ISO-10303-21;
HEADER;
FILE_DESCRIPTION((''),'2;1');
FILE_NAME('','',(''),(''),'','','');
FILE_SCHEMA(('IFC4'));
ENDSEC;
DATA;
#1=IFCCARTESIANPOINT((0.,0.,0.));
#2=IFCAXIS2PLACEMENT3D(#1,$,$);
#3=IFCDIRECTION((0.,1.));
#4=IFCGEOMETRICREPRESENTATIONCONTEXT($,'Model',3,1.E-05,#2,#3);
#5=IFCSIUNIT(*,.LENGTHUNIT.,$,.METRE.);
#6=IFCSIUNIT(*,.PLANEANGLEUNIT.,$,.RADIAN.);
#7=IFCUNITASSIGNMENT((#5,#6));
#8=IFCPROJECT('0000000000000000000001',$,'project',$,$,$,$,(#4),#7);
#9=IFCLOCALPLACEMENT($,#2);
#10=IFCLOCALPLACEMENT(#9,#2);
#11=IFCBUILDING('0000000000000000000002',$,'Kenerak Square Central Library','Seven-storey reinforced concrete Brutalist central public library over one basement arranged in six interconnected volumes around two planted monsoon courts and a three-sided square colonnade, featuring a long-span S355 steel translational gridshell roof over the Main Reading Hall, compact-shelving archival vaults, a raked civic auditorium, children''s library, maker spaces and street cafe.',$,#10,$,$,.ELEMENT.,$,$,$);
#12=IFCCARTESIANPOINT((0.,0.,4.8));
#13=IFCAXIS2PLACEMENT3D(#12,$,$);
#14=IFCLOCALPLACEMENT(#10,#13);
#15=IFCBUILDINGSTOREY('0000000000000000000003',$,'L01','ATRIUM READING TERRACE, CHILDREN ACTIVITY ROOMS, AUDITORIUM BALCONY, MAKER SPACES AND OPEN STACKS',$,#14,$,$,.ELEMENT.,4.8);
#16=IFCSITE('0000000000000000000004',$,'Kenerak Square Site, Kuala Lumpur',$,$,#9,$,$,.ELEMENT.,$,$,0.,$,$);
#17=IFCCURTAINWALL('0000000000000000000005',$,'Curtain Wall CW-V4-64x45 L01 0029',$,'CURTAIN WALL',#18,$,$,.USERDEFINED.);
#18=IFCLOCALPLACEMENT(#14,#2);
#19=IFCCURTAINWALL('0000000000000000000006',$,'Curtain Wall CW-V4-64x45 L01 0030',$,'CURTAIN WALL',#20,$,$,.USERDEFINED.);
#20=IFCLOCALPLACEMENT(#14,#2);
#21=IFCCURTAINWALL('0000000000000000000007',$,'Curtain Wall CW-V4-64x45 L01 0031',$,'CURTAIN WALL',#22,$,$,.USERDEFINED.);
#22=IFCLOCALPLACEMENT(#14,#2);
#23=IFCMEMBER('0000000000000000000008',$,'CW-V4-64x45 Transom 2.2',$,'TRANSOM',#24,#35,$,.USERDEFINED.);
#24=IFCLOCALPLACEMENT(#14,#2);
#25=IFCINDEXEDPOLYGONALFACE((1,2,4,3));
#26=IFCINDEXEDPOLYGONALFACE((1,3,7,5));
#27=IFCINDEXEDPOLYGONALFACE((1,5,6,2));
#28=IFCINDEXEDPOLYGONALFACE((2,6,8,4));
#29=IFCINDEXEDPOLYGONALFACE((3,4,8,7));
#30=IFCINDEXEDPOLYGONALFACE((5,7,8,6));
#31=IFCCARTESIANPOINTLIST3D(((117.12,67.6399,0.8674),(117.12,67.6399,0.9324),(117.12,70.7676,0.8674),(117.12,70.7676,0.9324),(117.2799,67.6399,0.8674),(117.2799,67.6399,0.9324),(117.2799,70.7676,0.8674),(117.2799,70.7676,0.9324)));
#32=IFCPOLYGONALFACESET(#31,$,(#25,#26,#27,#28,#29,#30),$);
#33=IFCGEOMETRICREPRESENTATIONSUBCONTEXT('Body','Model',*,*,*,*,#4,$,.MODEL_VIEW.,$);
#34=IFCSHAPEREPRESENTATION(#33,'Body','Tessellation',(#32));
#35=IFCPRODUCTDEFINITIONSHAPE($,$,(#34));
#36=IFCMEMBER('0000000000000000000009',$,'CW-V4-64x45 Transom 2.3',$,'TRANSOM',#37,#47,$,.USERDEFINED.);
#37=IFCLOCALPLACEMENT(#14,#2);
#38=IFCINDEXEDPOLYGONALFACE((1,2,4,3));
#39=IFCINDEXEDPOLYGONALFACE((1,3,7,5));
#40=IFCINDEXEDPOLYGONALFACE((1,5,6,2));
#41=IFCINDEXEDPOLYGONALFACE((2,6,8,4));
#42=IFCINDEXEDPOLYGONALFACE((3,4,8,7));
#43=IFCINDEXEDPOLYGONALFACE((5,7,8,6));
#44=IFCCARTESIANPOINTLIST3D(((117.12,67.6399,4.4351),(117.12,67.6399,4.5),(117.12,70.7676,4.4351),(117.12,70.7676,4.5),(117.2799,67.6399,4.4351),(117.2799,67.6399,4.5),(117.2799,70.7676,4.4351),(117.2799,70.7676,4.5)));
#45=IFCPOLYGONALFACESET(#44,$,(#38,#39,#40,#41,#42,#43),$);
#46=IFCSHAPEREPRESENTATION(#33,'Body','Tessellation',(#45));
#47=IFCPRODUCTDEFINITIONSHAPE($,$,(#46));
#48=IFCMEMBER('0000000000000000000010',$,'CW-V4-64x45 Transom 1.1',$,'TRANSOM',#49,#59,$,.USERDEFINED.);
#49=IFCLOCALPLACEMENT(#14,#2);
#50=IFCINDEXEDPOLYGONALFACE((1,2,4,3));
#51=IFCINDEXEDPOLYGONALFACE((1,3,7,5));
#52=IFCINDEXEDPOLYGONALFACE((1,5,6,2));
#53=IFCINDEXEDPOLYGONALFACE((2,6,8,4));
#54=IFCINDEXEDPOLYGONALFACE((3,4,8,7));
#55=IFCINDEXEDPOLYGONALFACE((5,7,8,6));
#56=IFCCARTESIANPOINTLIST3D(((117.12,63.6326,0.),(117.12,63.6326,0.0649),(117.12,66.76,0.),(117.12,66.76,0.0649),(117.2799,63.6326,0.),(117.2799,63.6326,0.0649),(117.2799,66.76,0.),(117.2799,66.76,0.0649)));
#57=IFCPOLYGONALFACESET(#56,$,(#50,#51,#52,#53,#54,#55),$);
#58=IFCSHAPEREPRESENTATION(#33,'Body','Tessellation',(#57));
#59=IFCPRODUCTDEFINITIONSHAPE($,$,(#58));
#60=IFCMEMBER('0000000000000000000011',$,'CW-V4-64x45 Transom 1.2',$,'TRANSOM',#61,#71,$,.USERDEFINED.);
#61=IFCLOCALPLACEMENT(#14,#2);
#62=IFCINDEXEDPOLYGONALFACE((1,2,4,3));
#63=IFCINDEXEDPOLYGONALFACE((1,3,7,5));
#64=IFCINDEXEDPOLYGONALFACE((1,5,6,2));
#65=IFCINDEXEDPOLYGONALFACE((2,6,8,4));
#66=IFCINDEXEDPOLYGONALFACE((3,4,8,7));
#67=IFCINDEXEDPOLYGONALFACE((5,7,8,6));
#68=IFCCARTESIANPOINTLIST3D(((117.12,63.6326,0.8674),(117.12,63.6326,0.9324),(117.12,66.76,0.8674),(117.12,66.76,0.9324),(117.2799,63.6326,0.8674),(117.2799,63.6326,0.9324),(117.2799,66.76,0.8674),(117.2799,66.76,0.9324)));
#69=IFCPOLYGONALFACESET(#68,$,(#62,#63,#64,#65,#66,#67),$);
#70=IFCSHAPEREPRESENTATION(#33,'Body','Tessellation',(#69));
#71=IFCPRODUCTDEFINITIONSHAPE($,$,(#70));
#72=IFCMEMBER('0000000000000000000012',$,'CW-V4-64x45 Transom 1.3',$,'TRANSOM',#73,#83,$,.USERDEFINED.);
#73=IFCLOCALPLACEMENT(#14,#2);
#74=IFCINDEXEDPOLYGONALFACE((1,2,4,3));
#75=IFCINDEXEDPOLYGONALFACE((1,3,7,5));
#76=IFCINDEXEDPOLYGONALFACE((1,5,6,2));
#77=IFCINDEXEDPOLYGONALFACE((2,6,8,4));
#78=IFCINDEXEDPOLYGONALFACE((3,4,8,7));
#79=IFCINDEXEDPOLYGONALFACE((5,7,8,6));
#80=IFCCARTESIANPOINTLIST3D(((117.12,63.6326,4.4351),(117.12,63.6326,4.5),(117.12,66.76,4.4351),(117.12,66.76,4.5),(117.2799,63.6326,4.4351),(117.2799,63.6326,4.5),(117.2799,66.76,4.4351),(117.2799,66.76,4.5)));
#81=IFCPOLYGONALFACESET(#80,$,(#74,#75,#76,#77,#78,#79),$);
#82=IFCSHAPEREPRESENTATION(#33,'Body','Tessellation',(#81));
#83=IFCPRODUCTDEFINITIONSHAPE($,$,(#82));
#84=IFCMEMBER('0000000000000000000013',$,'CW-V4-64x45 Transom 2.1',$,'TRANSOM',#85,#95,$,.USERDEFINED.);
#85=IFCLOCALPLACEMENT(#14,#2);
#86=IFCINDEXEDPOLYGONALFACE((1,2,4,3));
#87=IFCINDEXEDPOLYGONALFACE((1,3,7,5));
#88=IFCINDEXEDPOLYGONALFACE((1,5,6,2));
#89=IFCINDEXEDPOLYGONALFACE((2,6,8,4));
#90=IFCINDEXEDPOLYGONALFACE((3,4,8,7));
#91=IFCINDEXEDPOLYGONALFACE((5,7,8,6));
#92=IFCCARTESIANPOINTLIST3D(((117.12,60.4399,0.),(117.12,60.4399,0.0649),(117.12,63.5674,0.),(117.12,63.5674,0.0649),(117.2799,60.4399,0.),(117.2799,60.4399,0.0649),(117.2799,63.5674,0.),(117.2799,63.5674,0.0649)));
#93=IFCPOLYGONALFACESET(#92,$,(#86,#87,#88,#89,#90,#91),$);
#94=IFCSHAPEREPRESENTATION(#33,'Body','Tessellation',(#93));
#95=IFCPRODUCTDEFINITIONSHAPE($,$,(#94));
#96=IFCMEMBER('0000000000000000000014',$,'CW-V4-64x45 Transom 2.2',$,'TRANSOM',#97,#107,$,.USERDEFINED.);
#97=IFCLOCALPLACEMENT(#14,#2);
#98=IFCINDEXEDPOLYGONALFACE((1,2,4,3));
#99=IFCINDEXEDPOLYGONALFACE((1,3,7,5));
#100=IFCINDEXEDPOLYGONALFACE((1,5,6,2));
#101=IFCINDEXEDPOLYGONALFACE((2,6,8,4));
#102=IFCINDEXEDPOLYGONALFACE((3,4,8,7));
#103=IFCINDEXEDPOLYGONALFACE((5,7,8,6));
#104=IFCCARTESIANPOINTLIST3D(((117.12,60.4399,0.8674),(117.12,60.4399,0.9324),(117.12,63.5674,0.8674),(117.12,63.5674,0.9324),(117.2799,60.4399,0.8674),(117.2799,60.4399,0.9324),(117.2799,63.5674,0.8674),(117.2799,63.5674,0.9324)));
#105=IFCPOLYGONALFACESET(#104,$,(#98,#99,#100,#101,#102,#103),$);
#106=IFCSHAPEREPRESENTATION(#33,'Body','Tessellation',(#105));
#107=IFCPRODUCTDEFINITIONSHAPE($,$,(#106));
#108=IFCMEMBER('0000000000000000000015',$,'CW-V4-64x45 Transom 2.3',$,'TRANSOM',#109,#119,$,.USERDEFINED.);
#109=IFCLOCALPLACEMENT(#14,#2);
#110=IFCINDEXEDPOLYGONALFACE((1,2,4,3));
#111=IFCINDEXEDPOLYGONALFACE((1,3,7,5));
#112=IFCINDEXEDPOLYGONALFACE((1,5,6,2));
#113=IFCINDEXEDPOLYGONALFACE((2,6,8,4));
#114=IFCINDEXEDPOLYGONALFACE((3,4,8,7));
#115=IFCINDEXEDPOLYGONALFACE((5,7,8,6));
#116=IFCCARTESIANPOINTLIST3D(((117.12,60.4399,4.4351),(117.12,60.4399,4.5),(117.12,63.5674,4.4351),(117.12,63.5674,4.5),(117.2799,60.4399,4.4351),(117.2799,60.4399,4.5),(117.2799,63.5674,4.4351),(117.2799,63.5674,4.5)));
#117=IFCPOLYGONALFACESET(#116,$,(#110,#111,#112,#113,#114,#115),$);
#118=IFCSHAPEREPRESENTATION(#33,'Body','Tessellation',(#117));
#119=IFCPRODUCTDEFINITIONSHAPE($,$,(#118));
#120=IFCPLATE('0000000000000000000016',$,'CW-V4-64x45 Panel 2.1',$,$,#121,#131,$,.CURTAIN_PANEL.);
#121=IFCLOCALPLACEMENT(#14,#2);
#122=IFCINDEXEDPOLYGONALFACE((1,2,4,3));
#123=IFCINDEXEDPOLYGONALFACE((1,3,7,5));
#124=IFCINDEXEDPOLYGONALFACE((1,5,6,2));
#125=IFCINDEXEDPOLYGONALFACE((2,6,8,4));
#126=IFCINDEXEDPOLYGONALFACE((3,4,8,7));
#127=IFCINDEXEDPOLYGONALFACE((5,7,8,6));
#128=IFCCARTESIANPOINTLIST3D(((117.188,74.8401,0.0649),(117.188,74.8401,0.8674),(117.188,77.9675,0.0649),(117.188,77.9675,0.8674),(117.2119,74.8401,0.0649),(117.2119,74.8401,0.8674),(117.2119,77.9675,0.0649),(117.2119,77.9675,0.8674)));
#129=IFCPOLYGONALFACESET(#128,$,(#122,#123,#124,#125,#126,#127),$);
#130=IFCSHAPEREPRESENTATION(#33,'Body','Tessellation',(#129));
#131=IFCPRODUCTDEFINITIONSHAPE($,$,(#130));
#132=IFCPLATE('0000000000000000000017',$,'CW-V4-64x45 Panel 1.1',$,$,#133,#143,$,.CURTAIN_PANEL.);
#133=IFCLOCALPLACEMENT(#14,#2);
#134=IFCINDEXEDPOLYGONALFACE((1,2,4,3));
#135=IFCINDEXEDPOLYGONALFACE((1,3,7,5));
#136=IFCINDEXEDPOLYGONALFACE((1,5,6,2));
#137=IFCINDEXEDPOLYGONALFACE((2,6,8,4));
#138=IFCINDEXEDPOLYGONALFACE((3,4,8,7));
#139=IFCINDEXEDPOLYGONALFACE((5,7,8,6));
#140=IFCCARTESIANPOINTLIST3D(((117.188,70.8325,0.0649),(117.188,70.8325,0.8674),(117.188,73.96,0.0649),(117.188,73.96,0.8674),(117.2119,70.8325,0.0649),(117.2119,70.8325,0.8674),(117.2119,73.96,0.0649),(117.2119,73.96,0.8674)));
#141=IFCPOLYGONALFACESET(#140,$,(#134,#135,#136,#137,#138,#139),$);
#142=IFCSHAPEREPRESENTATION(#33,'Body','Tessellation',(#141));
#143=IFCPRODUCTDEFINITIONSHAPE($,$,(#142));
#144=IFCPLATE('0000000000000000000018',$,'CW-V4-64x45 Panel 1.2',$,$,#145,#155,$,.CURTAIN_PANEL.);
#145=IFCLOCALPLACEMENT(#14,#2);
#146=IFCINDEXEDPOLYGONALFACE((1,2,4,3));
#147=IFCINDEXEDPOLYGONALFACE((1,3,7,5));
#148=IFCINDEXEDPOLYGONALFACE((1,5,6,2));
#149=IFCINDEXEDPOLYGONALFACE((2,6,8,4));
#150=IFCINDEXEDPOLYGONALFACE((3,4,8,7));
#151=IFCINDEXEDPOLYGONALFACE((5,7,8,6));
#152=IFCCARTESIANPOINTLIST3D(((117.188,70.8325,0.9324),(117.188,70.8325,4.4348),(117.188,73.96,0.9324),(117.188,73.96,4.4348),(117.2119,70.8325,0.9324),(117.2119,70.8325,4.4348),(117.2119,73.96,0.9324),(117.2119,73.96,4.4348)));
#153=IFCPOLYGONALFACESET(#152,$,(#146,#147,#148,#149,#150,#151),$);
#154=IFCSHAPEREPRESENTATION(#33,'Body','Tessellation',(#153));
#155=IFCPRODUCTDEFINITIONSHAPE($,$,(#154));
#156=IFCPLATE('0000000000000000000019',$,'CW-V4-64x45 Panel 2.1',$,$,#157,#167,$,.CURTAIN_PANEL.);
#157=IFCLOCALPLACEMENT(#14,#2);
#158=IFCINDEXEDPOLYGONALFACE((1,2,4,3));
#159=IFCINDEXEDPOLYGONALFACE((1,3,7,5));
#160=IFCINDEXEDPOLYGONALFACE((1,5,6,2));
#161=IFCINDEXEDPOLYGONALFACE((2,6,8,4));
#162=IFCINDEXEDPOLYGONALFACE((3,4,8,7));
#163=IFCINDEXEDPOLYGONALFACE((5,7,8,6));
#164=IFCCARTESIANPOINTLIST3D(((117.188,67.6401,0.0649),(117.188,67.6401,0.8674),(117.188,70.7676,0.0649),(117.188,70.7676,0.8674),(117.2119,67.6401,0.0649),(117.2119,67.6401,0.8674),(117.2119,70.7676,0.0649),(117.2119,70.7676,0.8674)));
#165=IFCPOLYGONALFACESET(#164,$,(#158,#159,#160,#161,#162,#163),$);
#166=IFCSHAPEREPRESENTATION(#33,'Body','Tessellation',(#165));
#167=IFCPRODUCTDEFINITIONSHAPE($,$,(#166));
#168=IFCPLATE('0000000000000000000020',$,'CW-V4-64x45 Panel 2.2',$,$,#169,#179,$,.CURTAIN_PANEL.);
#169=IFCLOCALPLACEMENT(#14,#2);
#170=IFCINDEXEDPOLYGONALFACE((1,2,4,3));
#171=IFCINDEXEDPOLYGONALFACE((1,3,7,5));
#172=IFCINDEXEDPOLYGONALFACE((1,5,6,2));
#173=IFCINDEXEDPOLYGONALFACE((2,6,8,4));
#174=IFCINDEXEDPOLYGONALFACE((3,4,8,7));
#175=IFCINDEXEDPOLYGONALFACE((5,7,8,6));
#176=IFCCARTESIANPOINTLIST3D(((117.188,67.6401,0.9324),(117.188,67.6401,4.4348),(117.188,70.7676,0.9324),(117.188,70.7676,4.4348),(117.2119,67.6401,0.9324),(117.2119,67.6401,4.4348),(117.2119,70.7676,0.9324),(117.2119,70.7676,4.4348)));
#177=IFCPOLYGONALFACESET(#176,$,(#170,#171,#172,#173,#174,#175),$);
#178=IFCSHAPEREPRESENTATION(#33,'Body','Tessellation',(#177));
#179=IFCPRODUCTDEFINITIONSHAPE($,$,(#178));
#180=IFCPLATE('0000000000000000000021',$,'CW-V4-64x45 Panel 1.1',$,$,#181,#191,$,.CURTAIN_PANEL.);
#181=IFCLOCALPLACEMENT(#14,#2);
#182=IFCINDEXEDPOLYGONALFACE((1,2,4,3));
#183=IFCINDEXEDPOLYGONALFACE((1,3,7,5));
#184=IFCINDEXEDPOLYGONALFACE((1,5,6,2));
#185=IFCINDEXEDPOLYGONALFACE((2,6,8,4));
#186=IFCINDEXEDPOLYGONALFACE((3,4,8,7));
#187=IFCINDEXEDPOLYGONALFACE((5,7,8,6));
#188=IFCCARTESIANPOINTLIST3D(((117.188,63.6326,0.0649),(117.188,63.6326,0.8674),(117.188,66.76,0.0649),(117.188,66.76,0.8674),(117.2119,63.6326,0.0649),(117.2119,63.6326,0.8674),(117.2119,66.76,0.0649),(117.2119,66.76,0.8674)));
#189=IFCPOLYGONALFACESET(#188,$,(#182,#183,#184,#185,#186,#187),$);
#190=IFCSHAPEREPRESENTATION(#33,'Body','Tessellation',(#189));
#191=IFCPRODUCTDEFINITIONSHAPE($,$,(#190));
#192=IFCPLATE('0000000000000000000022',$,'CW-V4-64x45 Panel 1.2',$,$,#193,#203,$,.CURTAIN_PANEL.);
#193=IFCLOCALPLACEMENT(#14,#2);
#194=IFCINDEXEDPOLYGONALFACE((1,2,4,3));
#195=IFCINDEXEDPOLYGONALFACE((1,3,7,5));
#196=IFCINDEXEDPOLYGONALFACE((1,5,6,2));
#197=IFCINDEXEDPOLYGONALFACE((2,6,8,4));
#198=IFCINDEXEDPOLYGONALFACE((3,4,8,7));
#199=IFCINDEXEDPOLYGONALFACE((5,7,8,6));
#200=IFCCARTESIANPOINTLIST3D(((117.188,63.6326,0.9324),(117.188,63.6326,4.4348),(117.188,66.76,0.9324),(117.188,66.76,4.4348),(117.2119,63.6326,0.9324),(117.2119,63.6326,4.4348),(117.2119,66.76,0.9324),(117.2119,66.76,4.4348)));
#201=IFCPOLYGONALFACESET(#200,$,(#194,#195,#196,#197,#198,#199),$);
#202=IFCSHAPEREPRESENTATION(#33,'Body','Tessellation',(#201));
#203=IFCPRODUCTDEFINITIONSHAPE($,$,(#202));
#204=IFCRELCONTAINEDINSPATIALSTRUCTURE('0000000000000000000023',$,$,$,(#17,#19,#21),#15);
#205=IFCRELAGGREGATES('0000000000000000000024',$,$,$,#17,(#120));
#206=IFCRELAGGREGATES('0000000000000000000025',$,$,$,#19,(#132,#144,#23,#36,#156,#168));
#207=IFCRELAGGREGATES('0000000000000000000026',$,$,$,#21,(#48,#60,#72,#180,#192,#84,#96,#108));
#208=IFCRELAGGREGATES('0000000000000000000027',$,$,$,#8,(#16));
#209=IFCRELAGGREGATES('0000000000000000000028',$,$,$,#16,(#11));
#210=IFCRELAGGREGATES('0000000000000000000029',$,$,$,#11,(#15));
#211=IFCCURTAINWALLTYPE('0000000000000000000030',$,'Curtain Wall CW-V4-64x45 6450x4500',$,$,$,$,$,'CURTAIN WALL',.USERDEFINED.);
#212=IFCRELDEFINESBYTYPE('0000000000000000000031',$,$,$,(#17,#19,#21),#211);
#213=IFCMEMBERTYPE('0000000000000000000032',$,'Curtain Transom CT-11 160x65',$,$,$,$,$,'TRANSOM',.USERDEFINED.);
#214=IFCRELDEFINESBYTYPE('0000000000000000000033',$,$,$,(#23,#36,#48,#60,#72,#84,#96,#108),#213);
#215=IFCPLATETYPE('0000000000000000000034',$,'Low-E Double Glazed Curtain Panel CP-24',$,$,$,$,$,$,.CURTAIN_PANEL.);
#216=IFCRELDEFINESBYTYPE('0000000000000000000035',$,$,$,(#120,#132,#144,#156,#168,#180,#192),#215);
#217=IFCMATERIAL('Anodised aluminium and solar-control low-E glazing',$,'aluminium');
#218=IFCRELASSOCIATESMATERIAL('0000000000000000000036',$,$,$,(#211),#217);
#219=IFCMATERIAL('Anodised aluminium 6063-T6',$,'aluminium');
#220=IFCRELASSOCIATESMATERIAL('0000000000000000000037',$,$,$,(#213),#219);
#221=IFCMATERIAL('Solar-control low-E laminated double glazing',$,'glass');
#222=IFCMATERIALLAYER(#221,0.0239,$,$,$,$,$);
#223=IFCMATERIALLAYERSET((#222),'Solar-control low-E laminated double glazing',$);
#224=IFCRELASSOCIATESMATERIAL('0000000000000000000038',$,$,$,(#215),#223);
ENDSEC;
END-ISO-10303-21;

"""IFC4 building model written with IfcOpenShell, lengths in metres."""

from ifc_helpers import new_model, si_unit, direction, frame, origin, origin_2d, place, context, subcontext, project, spatial, rectangle, extrude, material, layer, layer_set, material_profile, profile_set, type_object, element, aggregate, save


model = new_model("IFC4")

# Units and contexts
model_context = context("Model", 3, precision=1e-05, world=origin(), true_north=direction((0.0, 1.0)))
body_context = subcontext(model_context, "Body", "Model", "MODEL_VIEW")
ifc_project = project(units=[si_unit("LENGTHUNIT", "METRE"), si_unit("PLANEANGLEUNIT", "RADIAN")], contexts=[model_context])

# Site, building, storey
site_placement = place(None, origin())
site = spatial("IfcSite", under=ifc_project, at=site_placement, Name="Kenerak Square Site, Kuala Lumpur", CompositionType="ELEMENT", RefElevation=0.0)
building_placement = place(site_placement, origin())
building = spatial("IfcBuilding", under=site, at=building_placement, Name="Kenerak Square Central Library", Description="Seven-storey reinforced concrete Brutalist central public library over one basement arranged in six interconnected volumes around two planted monsoon courts and a three-sided square colonnade, featuring a long-span S355 steel translational gridshell roof over the Main Reading Hall, compact-shelving archival vaults, a raked civic auditorium, children's library, maker spaces and street cafe.", CompositionType="ELEMENT")
storey_placement = place(building_placement, frame((0.0, 0.0, 4.8)))
storey = spatial("IfcBuildingStorey", under=building, at=storey_placement, Name="L01", Description="ATRIUM READING TERRACE, CHILDREN ACTIVITY ROOMS, AUDITORIUM BALCONY, MAKER SPACES AND OPEN STACKS", CompositionType="ELEMENT", Elevation=4.8)

# Curtain wall
ifc_material_1 = material(Name="Anodised aluminium and solar-control low-E glazing", Category="aluminium")
curtain_wall_type = type_object("IfcCurtainWallType", Name="Curtain Wall CW-V4-64x45 6450x4500", ElementType="CURTAIN WALL", PredefinedType="USERDEFINED", material=ifc_material_1)
curtain_wall_1_placement = place(storey_placement, origin())
curtain_wall_1 = element("IfcCurtainWall", 1, at=curtain_wall_1_placement, inside=storey, type_object=curtain_wall_type, Name="Curtain Wall CW-V4-64x45 L01 0029", ObjectType="CURTAIN WALL", PredefinedType="USERDEFINED")
ifc_material_2 = material(Name="Anodised aluminium 6063-T6", Category="aluminium")

# Curtain walls
curtain_wall_2_placement = place(storey_placement, origin())
curtain_wall_2 = element("IfcCurtainWall", 2, at=curtain_wall_2_placement, inside=storey, type_object=curtain_wall_type, Name="Curtain Wall CW-V4-64x45 L01 0030", ObjectType="CURTAIN WALL", PredefinedType="USERDEFINED")
curtain_wall_3_placement = place(storey_placement, origin())
curtain_wall_3 = element("IfcCurtainWall", 3, at=curtain_wall_3_placement, inside=storey, type_object=curtain_wall_type, Name="Curtain Wall CW-V4-64x45 L01 0031", ObjectType="CURTAIN WALL", PredefinedType="USERDEFINED")

# Members
ifc_material_profile_1 = material_profile(ifc_material_2, rectangle(XDim=0.1599, YDim=0.0649, at=origin_2d()), Name="AL TRANSOM 160x65")
ifc_profile_set_1 = profile_set([ifc_material_profile_1], Name="Anodised aluminium 6063-T6")
member_type_1 = type_object("IfcMemberType", Name="Curtain Transom CT-11 160x65", ElementType="TRANSOM", PredefinedType="USERDEFINED", material=ifc_profile_set_1)
member_1_placement = place(storey_placement, frame((117.2, 70.7676, 0.8999), z_axis=(0.0, -1.0, 0.0), x_axis=(1.0, 0.0, 0.0)))
member_1 = element("IfcMember", 4, at=member_1_placement, type_object=member_type_1, Name="CW-V4-64x45 Transom 2.2", ObjectType="TRANSOM", PredefinedType="USERDEFINED", context=body_context, shape_type="SweptSolid", body=[
    extrude(rectangle(XDim=0.1599, YDim=0.0649, at=origin_2d()), origin(), (0.0, 0.0, 1.0), 3.1277),
])
member_2_placement = place(storey_placement, frame((117.2, 70.7676, 4.4675), z_axis=(0.0, -1.0, 0.0), x_axis=(1.0, 0.0, 0.0)))
member_2 = element("IfcMember", 5, at=member_2_placement, type_object=member_type_1, Name="CW-V4-64x45 Transom 2.3", ObjectType="TRANSOM", PredefinedType="USERDEFINED", context=body_context, shape_type="SweptSolid", body=[
    extrude(rectangle(XDim=0.1599, YDim=0.0649, at=origin_2d()), origin(), (0.0, 0.0, 1.0), 3.1277),
])
member_3_placement = place(storey_placement, frame((117.2, 66.76, 0.0325), z_axis=(0.0, -1.0, 0.0), x_axis=(1.0, 0.0, 0.0)))
member_3 = element("IfcMember", 6, at=member_3_placement, type_object=member_type_1, Name="CW-V4-64x45 Transom 1.1", ObjectType="TRANSOM", PredefinedType="USERDEFINED", context=body_context, shape_type="SweptSolid", body=[
    extrude(rectangle(XDim=0.1599, YDim=0.0649, at=origin_2d()), origin(), (0.0, 0.0, 1.0), 3.1274),
])
member_4_placement = place(storey_placement, frame((117.2, 66.76, 0.8999), z_axis=(0.0, -1.0, 0.0), x_axis=(1.0, 0.0, 0.0)))
member_4 = element("IfcMember", 7, at=member_4_placement, type_object=member_type_1, Name="CW-V4-64x45 Transom 1.2", ObjectType="TRANSOM", PredefinedType="USERDEFINED", context=body_context, shape_type="SweptSolid", body=[
    extrude(rectangle(XDim=0.1599, YDim=0.0649, at=origin_2d()), origin(), (0.0, 0.0, 1.0), 3.1274),
])
member_5_placement = place(storey_placement, frame((117.2, 66.76, 4.4675), z_axis=(0.0, -1.0, 0.0), x_axis=(1.0, 0.0, 0.0)))
member_5 = element("IfcMember", 8, at=member_5_placement, type_object=member_type_1, Name="CW-V4-64x45 Transom 1.3", ObjectType="TRANSOM", PredefinedType="USERDEFINED", context=body_context, shape_type="SweptSolid", body=[
    extrude(rectangle(XDim=0.1599, YDim=0.0649, at=origin_2d()), origin(), (0.0, 0.0, 1.0), 3.1274),
])
member_6_placement = place(storey_placement, frame((117.2, 63.5674, 0.0325), z_axis=(0.0, -1.0, 0.0), x_axis=(1.0, 0.0, 0.0)))
member_6 = element("IfcMember", 9, at=member_6_placement, type_object=member_type_1, Name="CW-V4-64x45 Transom 2.1", ObjectType="TRANSOM", PredefinedType="USERDEFINED", context=body_context, shape_type="SweptSolid", body=[
    extrude(rectangle(XDim=0.1599, YDim=0.0649, at=origin_2d()), origin(), (0.0, 0.0, 1.0), 3.1274),
])
member_7_placement = place(storey_placement, frame((117.2, 63.5674, 0.8999), z_axis=(0.0, -1.0, 0.0), x_axis=(1.0, 0.0, 0.0)))
member_7 = element("IfcMember", 10, at=member_7_placement, type_object=member_type_1, Name="CW-V4-64x45 Transom 2.2", ObjectType="TRANSOM", PredefinedType="USERDEFINED", context=body_context, shape_type="SweptSolid", body=[
    extrude(rectangle(XDim=0.1599, YDim=0.0649, at=origin_2d()), origin(), (0.0, 0.0, 1.0), 3.1274),
])
member_8_placement = place(storey_placement, frame((117.2, 63.5674, 4.4675), z_axis=(0.0, -1.0, 0.0), x_axis=(1.0, 0.0, 0.0)))
member_8 = element("IfcMember", 11, at=member_8_placement, type_object=member_type_1, Name="CW-V4-64x45 Transom 2.3", ObjectType="TRANSOM", PredefinedType="USERDEFINED", context=body_context, shape_type="SweptSolid", body=[
    extrude(rectangle(XDim=0.1599, YDim=0.0649, at=origin_2d()), origin(), (0.0, 0.0, 1.0), 3.1274),
])

# Plates
ifc_material_3 = material(Name="Solar-control low-E laminated double glazing", Category="glass")
ifc_layer = layer(ifc_material_3, 0.0239)
ifc_layer_set = layer_set([ifc_layer], Name="Solar-control low-E laminated double glazing")
plate_type = type_object("IfcPlateType", Name="Low-E Double Glazed Curtain Panel CP-24", PredefinedType="CURTAIN_PANEL", material=ifc_layer_set)
plate_1_placement = place(storey_placement, frame((117.2, 76.4038, 0.0649), z_axis=(0.0, 0.0, 1.0), x_axis=(0.0, -1.0, 0.0)))
plate_1 = element("IfcPlate", 12, at=plate_1_placement, type_object=plate_type, Name="CW-V4-64x45 Panel 2.1", PredefinedType="CURTAIN_PANEL", context=body_context, shape_type="SweptSolid", body=[
    extrude(rectangle(XDim=3.1274, YDim=0.0239, at=origin_2d()), origin(), (0.0, 0.0, 1.0), 0.8025),
])
aggregate(curtain_wall_1, [plate_1])
plate_2_placement = place(storey_placement, frame((117.2, 72.3962, 0.0649), z_axis=(0.0, 0.0, 1.0), x_axis=(0.0, -1.0, 0.0)))
plate_2 = element("IfcPlate", 13, at=plate_2_placement, type_object=plate_type, Name="CW-V4-64x45 Panel 1.1", PredefinedType="CURTAIN_PANEL", context=body_context, shape_type="SweptSolid", body=[
    extrude(rectangle(XDim=3.1274, YDim=0.0239, at=origin_2d()), origin(), (0.0, 0.0, 1.0), 0.8025),
])
plate_3_placement = place(storey_placement, frame((117.2, 72.3962, 0.9324), z_axis=(0.0, 0.0, 1.0), x_axis=(0.0, -1.0, 0.0)))
plate_3 = element("IfcPlate", 14, at=plate_3_placement, type_object=plate_type, Name="CW-V4-64x45 Panel 1.2", PredefinedType="CURTAIN_PANEL", context=body_context, shape_type="SweptSolid", body=[
    extrude(rectangle(XDim=3.1274, YDim=0.0239, at=origin_2d()), origin(), (0.0, 0.0, 1.0), 3.5024),
])
plate_4_placement = place(storey_placement, frame((117.2, 69.2039, 0.0649), z_axis=(0.0, 0.0, 1.0), x_axis=(0.0, -1.0, 0.0)))
plate_4 = element("IfcPlate", 15, at=plate_4_placement, type_object=plate_type, Name="CW-V4-64x45 Panel 2.1", PredefinedType="CURTAIN_PANEL", context=body_context, shape_type="SweptSolid", body=[
    extrude(rectangle(XDim=3.1274, YDim=0.0239, at=origin_2d()), origin(), (0.0, 0.0, 1.0), 0.8025),
])
plate_5_placement = place(storey_placement, frame((117.2, 69.2039, 0.9324), z_axis=(0.0, 0.0, 1.0), x_axis=(0.0, -1.0, 0.0)))
plate_5 = element("IfcPlate", 16, at=plate_5_placement, type_object=plate_type, Name="CW-V4-64x45 Panel 2.2", PredefinedType="CURTAIN_PANEL", context=body_context, shape_type="SweptSolid", body=[
    extrude(rectangle(XDim=3.1274, YDim=0.0239, at=origin_2d()), origin(), (0.0, 0.0, 1.0), 3.5024),
])
aggregate(curtain_wall_2, [plate_2, plate_3, member_1, member_2, plate_4, plate_5])
plate_6_placement = place(storey_placement, frame((117.2, 65.1963, 0.0649), z_axis=(0.0, 0.0, 1.0), x_axis=(0.0, -1.0, 0.0)))
plate_6 = element("IfcPlate", 17, at=plate_6_placement, type_object=plate_type, Name="CW-V4-64x45 Panel 1.1", PredefinedType="CURTAIN_PANEL", context=body_context, shape_type="SweptSolid", body=[
    extrude(rectangle(XDim=3.1274, YDim=0.0239, at=origin_2d()), origin(), (0.0, 0.0, 1.0), 0.8025),
])
plate_7_placement = place(storey_placement, frame((117.2, 65.1963, 0.9324), z_axis=(0.0, 0.0, 1.0), x_axis=(0.0, -1.0, 0.0)))
plate_7 = element("IfcPlate", 18, at=plate_7_placement, type_object=plate_type, Name="CW-V4-64x45 Panel 1.2", PredefinedType="CURTAIN_PANEL", context=body_context, shape_type="SweptSolid", body=[
    extrude(rectangle(XDim=3.1274, YDim=0.0239, at=origin_2d()), origin(), (0.0, 0.0, 1.0), 3.5024),
])
aggregate(curtain_wall_3, [member_3, member_4, member_5, plate_6, plate_7, member_6, member_7, member_8])

save(model, "model.ifc")
